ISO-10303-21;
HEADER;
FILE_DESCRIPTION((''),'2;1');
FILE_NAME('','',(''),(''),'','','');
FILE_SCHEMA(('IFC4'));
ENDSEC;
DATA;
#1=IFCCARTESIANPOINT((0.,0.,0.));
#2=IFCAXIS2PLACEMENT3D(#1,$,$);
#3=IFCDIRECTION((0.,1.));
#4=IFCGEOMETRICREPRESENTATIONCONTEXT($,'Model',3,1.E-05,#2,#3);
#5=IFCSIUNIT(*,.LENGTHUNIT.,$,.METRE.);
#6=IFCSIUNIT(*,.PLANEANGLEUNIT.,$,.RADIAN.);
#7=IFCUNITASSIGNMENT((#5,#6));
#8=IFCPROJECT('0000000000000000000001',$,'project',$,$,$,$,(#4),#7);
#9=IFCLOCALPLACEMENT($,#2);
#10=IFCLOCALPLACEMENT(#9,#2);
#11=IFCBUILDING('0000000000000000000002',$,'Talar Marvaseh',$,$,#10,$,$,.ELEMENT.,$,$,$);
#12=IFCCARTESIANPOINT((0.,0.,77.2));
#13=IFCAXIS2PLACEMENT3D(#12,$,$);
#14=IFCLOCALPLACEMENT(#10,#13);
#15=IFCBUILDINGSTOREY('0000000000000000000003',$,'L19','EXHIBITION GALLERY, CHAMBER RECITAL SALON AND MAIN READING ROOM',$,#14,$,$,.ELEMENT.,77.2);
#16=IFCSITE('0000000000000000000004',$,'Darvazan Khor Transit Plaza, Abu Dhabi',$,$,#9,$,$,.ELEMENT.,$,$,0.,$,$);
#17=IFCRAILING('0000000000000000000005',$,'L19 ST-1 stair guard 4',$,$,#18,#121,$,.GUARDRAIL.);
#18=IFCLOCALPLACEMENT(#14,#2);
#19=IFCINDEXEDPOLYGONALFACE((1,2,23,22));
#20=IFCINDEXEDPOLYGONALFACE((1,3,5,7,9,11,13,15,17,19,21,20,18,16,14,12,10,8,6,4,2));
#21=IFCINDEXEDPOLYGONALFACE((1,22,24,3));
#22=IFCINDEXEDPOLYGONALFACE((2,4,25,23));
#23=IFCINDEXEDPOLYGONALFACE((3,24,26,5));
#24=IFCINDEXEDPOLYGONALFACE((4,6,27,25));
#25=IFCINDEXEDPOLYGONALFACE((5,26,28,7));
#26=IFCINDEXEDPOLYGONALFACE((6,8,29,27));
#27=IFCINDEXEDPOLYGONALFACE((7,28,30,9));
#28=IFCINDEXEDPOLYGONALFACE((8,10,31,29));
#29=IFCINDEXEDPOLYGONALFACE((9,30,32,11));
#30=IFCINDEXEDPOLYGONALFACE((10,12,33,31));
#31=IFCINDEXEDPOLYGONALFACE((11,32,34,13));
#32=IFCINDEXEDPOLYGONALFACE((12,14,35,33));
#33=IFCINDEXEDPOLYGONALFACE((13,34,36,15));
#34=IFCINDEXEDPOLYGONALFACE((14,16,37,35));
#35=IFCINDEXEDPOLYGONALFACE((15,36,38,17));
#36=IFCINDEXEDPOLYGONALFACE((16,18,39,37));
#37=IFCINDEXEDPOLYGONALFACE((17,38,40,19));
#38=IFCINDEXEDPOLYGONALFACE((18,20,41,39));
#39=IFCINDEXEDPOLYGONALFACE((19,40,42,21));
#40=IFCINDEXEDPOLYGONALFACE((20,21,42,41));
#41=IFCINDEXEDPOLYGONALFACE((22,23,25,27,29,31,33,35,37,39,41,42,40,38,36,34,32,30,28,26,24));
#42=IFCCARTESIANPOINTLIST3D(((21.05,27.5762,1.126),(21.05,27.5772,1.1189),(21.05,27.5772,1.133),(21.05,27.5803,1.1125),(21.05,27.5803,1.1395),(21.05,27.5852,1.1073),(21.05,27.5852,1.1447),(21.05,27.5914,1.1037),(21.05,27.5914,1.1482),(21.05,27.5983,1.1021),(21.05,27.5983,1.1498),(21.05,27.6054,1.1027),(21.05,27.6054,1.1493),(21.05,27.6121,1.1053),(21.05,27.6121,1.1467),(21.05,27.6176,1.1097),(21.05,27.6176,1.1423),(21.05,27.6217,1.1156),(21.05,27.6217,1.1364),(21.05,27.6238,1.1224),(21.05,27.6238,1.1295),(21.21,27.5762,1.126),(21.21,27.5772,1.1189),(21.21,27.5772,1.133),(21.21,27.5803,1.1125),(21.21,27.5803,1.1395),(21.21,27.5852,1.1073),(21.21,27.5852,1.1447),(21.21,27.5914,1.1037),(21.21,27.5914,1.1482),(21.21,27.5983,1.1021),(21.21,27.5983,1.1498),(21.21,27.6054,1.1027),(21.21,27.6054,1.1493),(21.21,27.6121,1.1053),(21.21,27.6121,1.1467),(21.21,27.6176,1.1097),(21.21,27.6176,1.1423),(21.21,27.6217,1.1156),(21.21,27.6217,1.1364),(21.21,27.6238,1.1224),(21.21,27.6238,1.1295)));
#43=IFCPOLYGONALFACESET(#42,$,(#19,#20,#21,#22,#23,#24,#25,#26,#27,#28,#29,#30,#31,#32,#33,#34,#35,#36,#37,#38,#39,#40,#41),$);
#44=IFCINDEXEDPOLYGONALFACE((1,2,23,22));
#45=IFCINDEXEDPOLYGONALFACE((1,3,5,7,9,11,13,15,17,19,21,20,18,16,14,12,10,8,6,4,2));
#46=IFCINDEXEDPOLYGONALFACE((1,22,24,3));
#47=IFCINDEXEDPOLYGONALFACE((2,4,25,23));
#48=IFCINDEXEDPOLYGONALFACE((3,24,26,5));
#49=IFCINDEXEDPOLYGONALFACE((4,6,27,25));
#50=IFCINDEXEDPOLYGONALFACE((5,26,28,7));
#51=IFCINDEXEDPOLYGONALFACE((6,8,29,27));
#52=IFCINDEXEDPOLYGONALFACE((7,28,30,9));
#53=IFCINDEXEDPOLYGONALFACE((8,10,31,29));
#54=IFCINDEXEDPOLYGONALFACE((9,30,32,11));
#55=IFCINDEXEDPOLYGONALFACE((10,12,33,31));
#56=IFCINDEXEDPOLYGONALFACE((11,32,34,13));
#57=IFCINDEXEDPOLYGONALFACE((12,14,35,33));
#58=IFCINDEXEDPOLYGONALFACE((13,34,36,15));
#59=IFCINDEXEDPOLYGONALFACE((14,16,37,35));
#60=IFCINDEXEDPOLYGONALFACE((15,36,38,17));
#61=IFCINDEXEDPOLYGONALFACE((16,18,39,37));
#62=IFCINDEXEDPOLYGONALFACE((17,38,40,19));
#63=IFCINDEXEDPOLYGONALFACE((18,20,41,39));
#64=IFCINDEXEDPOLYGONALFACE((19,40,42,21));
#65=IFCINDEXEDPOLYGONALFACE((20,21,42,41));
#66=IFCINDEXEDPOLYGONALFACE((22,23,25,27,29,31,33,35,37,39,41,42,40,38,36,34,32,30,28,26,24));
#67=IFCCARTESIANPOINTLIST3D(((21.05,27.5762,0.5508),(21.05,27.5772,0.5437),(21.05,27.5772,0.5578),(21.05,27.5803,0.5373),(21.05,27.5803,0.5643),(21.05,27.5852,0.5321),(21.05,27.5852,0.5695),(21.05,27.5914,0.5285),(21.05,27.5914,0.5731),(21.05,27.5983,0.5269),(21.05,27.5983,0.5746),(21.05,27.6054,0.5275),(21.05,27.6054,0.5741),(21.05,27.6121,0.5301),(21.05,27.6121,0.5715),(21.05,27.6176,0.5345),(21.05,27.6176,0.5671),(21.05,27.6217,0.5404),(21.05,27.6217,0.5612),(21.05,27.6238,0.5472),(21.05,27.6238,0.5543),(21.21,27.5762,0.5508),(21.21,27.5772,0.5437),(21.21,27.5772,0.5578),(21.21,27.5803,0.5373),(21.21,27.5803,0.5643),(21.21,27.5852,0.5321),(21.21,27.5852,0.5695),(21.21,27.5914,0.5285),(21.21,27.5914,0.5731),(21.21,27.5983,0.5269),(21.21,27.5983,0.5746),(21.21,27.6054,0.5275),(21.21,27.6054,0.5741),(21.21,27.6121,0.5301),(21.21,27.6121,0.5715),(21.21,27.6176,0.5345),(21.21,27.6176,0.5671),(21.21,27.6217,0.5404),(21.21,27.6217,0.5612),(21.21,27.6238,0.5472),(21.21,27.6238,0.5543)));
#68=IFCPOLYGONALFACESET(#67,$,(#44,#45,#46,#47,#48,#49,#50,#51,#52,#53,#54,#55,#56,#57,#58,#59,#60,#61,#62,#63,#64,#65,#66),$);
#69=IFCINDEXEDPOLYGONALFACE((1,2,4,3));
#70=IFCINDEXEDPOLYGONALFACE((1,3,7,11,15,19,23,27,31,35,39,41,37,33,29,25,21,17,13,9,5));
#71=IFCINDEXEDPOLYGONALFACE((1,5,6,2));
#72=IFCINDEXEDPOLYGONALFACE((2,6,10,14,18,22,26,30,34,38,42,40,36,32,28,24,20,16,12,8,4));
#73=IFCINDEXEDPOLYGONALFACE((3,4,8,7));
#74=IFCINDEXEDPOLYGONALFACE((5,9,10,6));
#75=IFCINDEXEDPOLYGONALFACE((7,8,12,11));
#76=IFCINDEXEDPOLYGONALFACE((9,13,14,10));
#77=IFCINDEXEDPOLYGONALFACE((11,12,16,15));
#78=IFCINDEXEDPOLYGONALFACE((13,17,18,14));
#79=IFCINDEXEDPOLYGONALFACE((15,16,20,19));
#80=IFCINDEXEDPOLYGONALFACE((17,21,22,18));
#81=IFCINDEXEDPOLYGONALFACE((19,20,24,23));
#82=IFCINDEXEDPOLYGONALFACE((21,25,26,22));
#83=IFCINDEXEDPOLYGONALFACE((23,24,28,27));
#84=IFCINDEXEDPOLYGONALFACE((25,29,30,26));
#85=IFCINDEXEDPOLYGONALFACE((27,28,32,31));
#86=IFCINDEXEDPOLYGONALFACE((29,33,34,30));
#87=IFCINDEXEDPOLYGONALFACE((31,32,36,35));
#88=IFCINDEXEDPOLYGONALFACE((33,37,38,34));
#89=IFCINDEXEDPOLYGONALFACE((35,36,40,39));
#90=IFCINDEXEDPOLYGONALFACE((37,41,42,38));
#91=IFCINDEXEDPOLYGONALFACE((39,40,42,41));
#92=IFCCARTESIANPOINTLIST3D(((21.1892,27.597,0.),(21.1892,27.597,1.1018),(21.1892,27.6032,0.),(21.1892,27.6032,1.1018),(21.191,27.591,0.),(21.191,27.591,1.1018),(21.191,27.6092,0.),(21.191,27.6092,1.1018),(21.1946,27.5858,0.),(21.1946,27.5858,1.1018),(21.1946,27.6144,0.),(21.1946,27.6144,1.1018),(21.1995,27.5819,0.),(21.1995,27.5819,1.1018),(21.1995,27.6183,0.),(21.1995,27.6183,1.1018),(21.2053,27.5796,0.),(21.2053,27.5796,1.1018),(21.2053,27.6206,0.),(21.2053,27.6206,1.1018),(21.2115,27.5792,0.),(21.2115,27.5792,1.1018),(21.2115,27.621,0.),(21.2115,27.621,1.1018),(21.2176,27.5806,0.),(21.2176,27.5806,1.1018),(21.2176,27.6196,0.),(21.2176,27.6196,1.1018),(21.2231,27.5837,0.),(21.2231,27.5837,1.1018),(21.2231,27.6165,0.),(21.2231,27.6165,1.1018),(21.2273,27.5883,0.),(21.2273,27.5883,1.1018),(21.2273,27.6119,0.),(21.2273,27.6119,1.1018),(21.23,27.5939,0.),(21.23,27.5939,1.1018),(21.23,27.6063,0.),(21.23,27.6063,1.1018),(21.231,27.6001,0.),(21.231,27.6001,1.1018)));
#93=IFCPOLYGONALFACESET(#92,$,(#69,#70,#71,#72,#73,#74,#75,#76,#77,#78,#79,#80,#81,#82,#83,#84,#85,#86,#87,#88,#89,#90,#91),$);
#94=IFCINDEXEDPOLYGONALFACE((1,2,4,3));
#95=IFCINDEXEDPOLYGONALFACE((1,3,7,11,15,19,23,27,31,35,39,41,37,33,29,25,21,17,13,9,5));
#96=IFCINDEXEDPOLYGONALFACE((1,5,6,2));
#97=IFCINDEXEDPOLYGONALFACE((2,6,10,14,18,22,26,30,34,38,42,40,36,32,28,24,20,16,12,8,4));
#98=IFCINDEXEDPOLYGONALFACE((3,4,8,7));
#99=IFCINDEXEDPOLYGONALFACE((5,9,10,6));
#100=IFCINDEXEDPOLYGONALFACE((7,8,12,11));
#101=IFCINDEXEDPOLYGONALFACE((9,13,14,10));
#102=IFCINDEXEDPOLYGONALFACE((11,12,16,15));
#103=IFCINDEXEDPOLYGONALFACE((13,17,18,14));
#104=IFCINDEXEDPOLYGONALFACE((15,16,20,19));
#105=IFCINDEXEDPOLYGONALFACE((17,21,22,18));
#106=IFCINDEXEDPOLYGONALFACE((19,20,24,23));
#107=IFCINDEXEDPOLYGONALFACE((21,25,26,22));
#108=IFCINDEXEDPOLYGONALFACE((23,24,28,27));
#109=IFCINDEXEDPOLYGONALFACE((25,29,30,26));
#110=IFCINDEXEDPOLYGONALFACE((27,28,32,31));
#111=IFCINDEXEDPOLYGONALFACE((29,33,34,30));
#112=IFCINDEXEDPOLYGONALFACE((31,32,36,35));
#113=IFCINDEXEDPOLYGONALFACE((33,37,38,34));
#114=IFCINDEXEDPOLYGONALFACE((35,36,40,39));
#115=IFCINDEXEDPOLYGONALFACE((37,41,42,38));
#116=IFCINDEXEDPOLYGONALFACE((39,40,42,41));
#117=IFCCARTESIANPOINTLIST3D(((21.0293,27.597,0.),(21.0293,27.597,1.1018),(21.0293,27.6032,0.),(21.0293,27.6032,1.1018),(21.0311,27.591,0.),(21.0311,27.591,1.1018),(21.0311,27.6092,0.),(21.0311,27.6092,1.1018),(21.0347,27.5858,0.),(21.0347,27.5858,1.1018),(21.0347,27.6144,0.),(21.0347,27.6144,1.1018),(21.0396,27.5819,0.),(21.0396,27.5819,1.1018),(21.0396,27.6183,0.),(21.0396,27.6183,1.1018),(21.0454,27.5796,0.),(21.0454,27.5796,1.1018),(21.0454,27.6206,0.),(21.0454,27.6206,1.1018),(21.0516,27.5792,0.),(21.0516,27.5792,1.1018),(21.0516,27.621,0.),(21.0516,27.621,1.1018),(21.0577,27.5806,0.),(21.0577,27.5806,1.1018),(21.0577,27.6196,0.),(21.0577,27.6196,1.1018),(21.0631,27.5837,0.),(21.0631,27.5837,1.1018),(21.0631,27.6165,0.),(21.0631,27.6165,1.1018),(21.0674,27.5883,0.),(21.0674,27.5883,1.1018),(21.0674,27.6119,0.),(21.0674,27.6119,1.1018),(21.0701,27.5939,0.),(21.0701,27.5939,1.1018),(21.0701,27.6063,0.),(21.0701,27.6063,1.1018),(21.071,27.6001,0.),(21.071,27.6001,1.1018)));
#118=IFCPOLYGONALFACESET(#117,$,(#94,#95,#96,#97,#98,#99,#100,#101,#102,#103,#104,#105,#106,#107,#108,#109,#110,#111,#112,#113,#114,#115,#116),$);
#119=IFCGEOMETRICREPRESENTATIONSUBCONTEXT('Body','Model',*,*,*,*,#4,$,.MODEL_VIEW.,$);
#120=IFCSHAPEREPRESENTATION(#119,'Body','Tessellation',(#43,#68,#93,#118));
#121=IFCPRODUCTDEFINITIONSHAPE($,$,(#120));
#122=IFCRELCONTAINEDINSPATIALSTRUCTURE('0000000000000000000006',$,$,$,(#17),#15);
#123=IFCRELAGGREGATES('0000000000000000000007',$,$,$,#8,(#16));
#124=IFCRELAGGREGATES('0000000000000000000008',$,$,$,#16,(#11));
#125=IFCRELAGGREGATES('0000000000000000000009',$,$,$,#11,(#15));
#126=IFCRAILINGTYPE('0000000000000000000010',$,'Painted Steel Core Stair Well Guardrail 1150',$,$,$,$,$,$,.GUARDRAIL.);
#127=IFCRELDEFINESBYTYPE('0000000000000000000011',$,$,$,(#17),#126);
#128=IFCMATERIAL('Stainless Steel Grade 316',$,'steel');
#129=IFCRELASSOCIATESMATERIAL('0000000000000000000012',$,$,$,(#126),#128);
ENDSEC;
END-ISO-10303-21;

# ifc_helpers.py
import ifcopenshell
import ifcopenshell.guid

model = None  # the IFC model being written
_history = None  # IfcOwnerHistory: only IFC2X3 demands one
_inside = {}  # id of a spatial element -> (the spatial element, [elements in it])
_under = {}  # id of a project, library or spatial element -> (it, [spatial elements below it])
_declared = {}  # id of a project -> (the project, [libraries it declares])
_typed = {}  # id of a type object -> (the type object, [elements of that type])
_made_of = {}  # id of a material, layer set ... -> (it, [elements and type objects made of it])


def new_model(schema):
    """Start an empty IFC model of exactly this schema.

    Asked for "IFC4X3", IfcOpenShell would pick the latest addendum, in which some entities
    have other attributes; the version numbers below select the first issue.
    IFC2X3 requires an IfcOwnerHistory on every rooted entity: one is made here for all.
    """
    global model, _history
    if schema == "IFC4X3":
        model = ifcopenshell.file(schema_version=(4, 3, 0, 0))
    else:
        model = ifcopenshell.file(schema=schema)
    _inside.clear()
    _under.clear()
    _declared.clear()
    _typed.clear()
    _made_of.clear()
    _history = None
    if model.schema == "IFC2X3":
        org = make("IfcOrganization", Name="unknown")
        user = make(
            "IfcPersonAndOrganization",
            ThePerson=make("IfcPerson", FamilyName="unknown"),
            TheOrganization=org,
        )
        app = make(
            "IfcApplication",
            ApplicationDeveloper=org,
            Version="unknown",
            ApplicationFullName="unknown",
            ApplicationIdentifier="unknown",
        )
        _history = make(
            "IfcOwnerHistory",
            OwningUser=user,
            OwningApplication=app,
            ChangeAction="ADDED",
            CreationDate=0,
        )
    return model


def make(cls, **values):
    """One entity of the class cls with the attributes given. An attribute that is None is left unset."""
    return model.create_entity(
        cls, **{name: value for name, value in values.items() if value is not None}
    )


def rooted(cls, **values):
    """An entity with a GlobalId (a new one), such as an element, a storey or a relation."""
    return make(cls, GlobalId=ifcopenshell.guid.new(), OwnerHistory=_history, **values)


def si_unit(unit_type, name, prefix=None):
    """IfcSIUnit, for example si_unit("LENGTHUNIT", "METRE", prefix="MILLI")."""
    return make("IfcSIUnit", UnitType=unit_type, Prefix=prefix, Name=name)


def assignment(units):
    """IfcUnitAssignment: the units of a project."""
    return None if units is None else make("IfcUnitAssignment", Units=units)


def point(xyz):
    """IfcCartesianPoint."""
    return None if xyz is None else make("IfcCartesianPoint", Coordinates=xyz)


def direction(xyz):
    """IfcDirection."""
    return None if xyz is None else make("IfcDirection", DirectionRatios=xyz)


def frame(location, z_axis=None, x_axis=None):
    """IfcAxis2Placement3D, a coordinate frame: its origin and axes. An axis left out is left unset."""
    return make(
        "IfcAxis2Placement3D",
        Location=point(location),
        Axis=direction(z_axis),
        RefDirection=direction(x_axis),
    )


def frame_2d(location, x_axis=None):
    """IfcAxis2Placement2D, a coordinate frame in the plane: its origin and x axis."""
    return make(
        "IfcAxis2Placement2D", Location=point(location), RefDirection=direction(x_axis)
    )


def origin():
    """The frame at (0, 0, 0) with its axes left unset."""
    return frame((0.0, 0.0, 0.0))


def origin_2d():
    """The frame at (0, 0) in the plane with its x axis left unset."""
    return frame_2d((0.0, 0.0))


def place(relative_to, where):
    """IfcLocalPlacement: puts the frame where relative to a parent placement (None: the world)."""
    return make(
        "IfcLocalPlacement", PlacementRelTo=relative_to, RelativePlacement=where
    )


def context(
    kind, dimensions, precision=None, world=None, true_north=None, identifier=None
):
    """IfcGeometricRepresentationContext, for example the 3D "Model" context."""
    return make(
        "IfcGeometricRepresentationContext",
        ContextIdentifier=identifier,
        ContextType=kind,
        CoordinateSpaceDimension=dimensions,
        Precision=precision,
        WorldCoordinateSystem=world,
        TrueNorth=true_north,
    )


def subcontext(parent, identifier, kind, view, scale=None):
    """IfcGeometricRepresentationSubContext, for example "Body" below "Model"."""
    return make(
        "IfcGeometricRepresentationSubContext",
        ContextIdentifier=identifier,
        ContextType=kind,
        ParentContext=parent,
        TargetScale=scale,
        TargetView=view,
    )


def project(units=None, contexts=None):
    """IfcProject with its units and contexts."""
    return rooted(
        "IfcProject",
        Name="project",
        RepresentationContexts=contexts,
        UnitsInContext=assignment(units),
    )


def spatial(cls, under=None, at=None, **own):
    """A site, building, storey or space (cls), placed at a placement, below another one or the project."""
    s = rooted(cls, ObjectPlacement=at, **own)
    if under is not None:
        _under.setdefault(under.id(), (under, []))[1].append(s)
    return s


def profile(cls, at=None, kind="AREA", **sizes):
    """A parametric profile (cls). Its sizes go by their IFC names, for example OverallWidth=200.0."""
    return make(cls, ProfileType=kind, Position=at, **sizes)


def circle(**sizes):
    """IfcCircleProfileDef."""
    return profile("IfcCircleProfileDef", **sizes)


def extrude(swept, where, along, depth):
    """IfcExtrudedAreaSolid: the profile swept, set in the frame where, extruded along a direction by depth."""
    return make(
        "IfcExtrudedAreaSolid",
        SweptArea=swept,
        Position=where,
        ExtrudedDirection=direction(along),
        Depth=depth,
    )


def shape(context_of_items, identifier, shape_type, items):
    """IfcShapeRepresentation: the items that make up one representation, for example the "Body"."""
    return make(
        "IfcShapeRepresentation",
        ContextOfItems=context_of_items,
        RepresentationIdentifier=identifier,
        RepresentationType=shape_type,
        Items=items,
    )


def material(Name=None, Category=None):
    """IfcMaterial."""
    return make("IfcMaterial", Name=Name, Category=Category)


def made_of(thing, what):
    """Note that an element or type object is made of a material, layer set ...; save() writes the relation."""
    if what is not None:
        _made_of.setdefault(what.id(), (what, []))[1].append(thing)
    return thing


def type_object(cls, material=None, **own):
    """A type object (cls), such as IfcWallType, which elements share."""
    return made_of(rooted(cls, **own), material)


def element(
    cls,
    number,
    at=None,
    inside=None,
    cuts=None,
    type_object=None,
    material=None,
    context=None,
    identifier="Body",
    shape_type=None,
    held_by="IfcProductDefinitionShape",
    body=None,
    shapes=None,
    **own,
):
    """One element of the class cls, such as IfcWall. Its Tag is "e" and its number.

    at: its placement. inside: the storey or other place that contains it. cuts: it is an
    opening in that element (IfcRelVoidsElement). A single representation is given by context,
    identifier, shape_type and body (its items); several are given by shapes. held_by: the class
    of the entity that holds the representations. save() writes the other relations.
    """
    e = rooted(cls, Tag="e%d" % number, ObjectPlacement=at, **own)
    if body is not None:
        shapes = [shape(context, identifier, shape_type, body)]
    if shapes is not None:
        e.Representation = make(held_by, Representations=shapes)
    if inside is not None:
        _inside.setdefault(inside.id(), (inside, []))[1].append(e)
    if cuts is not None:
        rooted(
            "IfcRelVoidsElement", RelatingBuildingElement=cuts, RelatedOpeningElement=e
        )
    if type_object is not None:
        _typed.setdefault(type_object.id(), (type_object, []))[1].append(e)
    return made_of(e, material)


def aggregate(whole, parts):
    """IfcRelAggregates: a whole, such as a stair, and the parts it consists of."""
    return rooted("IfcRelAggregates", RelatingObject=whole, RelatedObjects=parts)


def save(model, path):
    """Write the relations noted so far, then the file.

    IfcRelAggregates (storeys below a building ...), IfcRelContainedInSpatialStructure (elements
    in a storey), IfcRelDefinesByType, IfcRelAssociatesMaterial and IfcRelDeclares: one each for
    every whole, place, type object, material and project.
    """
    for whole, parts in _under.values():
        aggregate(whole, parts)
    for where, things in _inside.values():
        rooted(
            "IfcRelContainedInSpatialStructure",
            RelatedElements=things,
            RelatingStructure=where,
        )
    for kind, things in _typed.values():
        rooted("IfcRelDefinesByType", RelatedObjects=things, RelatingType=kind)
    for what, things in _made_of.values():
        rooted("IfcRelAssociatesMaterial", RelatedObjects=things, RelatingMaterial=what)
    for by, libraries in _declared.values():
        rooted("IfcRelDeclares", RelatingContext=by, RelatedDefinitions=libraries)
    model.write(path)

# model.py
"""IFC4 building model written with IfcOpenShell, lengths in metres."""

from ifc_helpers import new_model, si_unit, direction, frame, origin, origin_2d, place, context, subcontext, project, spatial, circle, extrude, material, type_object, element, save


model = new_model("IFC4")

# Units and contexts
model_context = context("Model", 3, precision=1e-05, world=origin(), true_north=direction((0.0, 1.0)))
body_context = subcontext(model_context, "Body", "Model", "MODEL_VIEW")
ifc_project = project(units=[si_unit("LENGTHUNIT", "METRE"), si_unit("PLANEANGLEUNIT", "RADIAN")], contexts=[model_context])

# Site, building, storey
site_placement = place(None, origin())
site = spatial("IfcSite", under=ifc_project, at=site_placement, Name="Darvazan Khor Transit Plaza, Abu Dhabi", CompositionType="ELEMENT", RefElevation=0.0)
building_placement = place(site_placement, origin())
building = spatial("IfcBuilding", under=site, at=building_placement, Name="Talar Marvaseh", CompositionType="ELEMENT")
storey_placement = place(building_placement, frame((0.0, 0.0, 77.2)))
storey = spatial("IfcBuildingStorey", under=building, at=storey_placement, Name="L19", Description="EXHIBITION GALLERY, CHAMBER RECITAL SALON AND MAIN READING ROOM", CompositionType="ELEMENT", Elevation=77.2)

# Railing
ifc_material_1 = material(Name="Stainless Steel Grade 316", Category="steel")
railing_type_1 = type_object("IfcRailingType", Name="Painted Steel Core Stair Well Guardrail 1150", PredefinedType="GUARDRAIL", material=ifc_material_1)
railing_1_placement = place(storey_placement, frame((21.21, 27.6001, 0.0)))
element("IfcRailing", 1, at=railing_1_placement, inside=storey, type_object=railing_type_1, Name="L19 ST-1 stair guard 4", PredefinedType="GUARDRAIL", context=body_context, shape_type="SweptSolid", body=[
    extrude(circle(Radius=0.0239, at=origin_2d()), frame((0.0, 0.0, 1.126), z_axis=(-1.0, 0.0, 0.0), x_axis=(0.0, -1.0, 0.0)), (0.0, 0.0, 1.0), 0.1599),
    extrude(circle(Radius=0.0239, at=origin_2d()), frame((0.0, 0.0, 0.5508), z_axis=(-1.0, 0.0, 0.0), x_axis=(0.0, -1.0, 0.0)), (0.0, 0.0, 1.0), 0.1599),
    extrude(circle(Radius=0.021, at=origin_2d()), origin(), (0.0, 0.0, 1.0), 1.1018),
    extrude(circle(Radius=0.021, at=origin_2d()), frame((-0.1599, 0.0, 0.0)), (0.0, 0.0, 1.0), 1.1018),
])

save(model, "model.ifc")
